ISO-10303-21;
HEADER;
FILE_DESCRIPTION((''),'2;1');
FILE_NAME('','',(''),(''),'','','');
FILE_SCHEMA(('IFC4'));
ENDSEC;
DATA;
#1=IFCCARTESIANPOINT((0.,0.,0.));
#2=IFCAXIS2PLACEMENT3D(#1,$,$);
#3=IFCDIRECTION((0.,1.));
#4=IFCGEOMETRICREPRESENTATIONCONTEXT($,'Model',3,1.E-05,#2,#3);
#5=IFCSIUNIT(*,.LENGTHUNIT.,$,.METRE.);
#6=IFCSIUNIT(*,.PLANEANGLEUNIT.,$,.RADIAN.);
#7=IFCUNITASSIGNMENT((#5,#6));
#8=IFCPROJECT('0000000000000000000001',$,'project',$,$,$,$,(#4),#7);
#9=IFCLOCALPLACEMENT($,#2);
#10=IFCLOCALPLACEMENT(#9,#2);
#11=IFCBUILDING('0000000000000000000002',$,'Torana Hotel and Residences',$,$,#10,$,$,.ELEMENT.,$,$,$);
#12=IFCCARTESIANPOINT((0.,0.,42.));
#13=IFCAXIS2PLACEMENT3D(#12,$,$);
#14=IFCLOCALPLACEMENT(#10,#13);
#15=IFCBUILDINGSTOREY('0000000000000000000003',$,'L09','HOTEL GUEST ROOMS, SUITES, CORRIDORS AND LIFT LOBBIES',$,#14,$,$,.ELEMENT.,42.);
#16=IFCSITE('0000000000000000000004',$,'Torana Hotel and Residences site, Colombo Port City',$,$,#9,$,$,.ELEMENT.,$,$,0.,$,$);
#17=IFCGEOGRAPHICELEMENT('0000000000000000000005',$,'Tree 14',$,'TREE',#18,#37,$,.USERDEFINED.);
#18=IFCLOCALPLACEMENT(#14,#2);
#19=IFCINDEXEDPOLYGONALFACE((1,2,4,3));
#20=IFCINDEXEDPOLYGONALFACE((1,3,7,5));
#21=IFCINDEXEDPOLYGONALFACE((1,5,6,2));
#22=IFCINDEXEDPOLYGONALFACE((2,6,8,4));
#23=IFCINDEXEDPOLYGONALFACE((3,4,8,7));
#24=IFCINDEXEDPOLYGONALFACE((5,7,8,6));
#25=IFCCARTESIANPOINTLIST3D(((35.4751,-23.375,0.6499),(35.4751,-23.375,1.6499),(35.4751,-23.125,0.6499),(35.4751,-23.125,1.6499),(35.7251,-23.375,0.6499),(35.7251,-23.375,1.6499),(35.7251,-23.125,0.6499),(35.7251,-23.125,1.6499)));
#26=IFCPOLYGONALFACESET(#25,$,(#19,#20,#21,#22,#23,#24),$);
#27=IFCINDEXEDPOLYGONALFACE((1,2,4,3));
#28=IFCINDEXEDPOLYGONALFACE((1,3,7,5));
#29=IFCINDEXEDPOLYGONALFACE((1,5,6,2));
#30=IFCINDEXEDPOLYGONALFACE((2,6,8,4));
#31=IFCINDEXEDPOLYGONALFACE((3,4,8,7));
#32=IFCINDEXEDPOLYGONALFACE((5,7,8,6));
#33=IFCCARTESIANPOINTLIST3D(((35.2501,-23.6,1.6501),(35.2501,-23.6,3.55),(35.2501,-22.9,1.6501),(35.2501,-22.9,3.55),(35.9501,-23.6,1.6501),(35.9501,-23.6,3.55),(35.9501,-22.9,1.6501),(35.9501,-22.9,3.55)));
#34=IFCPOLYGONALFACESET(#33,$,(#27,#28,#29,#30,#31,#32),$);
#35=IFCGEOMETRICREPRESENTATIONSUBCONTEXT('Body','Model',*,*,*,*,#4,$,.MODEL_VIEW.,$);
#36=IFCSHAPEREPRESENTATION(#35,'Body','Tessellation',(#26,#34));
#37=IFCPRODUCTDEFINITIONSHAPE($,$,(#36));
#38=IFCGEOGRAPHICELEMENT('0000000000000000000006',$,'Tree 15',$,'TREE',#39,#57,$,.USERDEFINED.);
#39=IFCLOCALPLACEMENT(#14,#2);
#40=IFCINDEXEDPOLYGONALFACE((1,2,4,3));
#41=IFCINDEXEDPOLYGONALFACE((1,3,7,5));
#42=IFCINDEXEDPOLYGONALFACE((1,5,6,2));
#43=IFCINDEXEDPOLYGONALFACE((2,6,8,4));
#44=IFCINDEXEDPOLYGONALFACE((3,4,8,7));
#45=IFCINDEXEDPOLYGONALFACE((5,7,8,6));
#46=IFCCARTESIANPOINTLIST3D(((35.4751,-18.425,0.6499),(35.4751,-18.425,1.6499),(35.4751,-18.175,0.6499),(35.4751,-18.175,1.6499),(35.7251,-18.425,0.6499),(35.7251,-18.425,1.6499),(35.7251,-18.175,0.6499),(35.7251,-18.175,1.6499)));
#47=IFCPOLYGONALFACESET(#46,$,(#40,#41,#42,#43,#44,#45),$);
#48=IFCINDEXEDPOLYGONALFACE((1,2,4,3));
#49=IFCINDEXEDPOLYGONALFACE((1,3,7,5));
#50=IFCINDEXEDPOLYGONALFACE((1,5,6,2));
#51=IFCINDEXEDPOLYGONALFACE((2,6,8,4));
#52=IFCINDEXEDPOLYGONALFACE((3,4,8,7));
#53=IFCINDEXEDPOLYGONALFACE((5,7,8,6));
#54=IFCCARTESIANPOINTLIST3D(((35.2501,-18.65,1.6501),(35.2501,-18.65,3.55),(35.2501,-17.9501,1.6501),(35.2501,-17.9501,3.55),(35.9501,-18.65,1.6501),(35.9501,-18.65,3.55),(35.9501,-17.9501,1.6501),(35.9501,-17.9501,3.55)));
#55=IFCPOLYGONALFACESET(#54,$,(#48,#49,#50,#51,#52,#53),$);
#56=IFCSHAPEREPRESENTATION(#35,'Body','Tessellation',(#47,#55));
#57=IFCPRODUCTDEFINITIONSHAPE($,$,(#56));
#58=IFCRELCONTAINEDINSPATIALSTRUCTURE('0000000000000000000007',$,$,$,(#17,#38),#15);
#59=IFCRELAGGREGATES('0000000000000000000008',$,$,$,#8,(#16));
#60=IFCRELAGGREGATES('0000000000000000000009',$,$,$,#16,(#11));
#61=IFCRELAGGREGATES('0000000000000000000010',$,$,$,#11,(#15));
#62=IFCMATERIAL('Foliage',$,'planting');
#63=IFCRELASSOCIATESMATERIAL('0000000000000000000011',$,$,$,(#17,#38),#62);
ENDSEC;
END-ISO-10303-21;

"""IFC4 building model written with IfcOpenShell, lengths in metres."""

from ifc_helpers import new_model, si_unit, direction, frame, origin, origin_2d, place, context, subcontext, project, spatial, rectangle, extrude, material, element, save


model = new_model("IFC4")

# Units and contexts
model_context = context("Model", 3, precision=1e-05, world=origin(), true_north=direction((0.0, 1.0)))
body_context = subcontext(model_context, "Body", "Model", "MODEL_VIEW")
ifc_project = project(units=[si_unit("LENGTHUNIT", "METRE"), si_unit("PLANEANGLEUNIT", "RADIAN")], contexts=[model_context])

# Site, building, storey
site_placement = place(None, origin())
site = spatial("IfcSite", under=ifc_project, at=site_placement, Name="Torana Hotel and Residences site, Colombo Port City", CompositionType="ELEMENT", RefElevation=0.0)
building_placement = place(site_placement, origin())
building = spatial("IfcBuilding", under=site, at=building_placement, Name="Torana Hotel and Residences", CompositionType="ELEMENT")
storey_placement = place(building_placement, frame((0.0, 0.0, 42.0)))
storey = spatial("IfcBuildingStorey", under=building, at=storey_placement, Name="L09", Description="HOTEL GUEST ROOMS, SUITES, CORRIDORS AND LIFT LOBBIES", CompositionType="ELEMENT", Elevation=42.0)

# Geographic elements
ifc_material_1 = material(Name="Foliage", Category="planting")
for number, where, z_axis, x_axis, name in (
    (1, (35.6001, -23.25, 0.6499), (0.0, 0.0, 1.0), (1.0, 0.0, 0.0), "Tree 14"),
    (2, (35.6001, -18.3, 0.6499), (0.0, 0.0, 1.0), (1.0, 0.0, 0.0), "Tree 15"),
):
    element("IfcGeographicElement", number, at=place(storey_placement, frame(where, z_axis=z_axis, x_axis=x_axis)), inside=storey, material=ifc_material_1, Name=name, ObjectType="TREE", PredefinedType="USERDEFINED", context=body_context, shape_type="SweptSolid", body=[
        extrude(rectangle(XDim=0.25, YDim=0.25, at=origin_2d()), origin(), (0.0, 0.0, 1.0), 1.0),
        extrude(rectangle(XDim=0.7, YDim=0.7, at=origin_2d()), frame((0.0, 0.0, 1.0002)), (0.0, 0.0, 1.0), 1.8999),
    ])

save(model, "model.ifc")
